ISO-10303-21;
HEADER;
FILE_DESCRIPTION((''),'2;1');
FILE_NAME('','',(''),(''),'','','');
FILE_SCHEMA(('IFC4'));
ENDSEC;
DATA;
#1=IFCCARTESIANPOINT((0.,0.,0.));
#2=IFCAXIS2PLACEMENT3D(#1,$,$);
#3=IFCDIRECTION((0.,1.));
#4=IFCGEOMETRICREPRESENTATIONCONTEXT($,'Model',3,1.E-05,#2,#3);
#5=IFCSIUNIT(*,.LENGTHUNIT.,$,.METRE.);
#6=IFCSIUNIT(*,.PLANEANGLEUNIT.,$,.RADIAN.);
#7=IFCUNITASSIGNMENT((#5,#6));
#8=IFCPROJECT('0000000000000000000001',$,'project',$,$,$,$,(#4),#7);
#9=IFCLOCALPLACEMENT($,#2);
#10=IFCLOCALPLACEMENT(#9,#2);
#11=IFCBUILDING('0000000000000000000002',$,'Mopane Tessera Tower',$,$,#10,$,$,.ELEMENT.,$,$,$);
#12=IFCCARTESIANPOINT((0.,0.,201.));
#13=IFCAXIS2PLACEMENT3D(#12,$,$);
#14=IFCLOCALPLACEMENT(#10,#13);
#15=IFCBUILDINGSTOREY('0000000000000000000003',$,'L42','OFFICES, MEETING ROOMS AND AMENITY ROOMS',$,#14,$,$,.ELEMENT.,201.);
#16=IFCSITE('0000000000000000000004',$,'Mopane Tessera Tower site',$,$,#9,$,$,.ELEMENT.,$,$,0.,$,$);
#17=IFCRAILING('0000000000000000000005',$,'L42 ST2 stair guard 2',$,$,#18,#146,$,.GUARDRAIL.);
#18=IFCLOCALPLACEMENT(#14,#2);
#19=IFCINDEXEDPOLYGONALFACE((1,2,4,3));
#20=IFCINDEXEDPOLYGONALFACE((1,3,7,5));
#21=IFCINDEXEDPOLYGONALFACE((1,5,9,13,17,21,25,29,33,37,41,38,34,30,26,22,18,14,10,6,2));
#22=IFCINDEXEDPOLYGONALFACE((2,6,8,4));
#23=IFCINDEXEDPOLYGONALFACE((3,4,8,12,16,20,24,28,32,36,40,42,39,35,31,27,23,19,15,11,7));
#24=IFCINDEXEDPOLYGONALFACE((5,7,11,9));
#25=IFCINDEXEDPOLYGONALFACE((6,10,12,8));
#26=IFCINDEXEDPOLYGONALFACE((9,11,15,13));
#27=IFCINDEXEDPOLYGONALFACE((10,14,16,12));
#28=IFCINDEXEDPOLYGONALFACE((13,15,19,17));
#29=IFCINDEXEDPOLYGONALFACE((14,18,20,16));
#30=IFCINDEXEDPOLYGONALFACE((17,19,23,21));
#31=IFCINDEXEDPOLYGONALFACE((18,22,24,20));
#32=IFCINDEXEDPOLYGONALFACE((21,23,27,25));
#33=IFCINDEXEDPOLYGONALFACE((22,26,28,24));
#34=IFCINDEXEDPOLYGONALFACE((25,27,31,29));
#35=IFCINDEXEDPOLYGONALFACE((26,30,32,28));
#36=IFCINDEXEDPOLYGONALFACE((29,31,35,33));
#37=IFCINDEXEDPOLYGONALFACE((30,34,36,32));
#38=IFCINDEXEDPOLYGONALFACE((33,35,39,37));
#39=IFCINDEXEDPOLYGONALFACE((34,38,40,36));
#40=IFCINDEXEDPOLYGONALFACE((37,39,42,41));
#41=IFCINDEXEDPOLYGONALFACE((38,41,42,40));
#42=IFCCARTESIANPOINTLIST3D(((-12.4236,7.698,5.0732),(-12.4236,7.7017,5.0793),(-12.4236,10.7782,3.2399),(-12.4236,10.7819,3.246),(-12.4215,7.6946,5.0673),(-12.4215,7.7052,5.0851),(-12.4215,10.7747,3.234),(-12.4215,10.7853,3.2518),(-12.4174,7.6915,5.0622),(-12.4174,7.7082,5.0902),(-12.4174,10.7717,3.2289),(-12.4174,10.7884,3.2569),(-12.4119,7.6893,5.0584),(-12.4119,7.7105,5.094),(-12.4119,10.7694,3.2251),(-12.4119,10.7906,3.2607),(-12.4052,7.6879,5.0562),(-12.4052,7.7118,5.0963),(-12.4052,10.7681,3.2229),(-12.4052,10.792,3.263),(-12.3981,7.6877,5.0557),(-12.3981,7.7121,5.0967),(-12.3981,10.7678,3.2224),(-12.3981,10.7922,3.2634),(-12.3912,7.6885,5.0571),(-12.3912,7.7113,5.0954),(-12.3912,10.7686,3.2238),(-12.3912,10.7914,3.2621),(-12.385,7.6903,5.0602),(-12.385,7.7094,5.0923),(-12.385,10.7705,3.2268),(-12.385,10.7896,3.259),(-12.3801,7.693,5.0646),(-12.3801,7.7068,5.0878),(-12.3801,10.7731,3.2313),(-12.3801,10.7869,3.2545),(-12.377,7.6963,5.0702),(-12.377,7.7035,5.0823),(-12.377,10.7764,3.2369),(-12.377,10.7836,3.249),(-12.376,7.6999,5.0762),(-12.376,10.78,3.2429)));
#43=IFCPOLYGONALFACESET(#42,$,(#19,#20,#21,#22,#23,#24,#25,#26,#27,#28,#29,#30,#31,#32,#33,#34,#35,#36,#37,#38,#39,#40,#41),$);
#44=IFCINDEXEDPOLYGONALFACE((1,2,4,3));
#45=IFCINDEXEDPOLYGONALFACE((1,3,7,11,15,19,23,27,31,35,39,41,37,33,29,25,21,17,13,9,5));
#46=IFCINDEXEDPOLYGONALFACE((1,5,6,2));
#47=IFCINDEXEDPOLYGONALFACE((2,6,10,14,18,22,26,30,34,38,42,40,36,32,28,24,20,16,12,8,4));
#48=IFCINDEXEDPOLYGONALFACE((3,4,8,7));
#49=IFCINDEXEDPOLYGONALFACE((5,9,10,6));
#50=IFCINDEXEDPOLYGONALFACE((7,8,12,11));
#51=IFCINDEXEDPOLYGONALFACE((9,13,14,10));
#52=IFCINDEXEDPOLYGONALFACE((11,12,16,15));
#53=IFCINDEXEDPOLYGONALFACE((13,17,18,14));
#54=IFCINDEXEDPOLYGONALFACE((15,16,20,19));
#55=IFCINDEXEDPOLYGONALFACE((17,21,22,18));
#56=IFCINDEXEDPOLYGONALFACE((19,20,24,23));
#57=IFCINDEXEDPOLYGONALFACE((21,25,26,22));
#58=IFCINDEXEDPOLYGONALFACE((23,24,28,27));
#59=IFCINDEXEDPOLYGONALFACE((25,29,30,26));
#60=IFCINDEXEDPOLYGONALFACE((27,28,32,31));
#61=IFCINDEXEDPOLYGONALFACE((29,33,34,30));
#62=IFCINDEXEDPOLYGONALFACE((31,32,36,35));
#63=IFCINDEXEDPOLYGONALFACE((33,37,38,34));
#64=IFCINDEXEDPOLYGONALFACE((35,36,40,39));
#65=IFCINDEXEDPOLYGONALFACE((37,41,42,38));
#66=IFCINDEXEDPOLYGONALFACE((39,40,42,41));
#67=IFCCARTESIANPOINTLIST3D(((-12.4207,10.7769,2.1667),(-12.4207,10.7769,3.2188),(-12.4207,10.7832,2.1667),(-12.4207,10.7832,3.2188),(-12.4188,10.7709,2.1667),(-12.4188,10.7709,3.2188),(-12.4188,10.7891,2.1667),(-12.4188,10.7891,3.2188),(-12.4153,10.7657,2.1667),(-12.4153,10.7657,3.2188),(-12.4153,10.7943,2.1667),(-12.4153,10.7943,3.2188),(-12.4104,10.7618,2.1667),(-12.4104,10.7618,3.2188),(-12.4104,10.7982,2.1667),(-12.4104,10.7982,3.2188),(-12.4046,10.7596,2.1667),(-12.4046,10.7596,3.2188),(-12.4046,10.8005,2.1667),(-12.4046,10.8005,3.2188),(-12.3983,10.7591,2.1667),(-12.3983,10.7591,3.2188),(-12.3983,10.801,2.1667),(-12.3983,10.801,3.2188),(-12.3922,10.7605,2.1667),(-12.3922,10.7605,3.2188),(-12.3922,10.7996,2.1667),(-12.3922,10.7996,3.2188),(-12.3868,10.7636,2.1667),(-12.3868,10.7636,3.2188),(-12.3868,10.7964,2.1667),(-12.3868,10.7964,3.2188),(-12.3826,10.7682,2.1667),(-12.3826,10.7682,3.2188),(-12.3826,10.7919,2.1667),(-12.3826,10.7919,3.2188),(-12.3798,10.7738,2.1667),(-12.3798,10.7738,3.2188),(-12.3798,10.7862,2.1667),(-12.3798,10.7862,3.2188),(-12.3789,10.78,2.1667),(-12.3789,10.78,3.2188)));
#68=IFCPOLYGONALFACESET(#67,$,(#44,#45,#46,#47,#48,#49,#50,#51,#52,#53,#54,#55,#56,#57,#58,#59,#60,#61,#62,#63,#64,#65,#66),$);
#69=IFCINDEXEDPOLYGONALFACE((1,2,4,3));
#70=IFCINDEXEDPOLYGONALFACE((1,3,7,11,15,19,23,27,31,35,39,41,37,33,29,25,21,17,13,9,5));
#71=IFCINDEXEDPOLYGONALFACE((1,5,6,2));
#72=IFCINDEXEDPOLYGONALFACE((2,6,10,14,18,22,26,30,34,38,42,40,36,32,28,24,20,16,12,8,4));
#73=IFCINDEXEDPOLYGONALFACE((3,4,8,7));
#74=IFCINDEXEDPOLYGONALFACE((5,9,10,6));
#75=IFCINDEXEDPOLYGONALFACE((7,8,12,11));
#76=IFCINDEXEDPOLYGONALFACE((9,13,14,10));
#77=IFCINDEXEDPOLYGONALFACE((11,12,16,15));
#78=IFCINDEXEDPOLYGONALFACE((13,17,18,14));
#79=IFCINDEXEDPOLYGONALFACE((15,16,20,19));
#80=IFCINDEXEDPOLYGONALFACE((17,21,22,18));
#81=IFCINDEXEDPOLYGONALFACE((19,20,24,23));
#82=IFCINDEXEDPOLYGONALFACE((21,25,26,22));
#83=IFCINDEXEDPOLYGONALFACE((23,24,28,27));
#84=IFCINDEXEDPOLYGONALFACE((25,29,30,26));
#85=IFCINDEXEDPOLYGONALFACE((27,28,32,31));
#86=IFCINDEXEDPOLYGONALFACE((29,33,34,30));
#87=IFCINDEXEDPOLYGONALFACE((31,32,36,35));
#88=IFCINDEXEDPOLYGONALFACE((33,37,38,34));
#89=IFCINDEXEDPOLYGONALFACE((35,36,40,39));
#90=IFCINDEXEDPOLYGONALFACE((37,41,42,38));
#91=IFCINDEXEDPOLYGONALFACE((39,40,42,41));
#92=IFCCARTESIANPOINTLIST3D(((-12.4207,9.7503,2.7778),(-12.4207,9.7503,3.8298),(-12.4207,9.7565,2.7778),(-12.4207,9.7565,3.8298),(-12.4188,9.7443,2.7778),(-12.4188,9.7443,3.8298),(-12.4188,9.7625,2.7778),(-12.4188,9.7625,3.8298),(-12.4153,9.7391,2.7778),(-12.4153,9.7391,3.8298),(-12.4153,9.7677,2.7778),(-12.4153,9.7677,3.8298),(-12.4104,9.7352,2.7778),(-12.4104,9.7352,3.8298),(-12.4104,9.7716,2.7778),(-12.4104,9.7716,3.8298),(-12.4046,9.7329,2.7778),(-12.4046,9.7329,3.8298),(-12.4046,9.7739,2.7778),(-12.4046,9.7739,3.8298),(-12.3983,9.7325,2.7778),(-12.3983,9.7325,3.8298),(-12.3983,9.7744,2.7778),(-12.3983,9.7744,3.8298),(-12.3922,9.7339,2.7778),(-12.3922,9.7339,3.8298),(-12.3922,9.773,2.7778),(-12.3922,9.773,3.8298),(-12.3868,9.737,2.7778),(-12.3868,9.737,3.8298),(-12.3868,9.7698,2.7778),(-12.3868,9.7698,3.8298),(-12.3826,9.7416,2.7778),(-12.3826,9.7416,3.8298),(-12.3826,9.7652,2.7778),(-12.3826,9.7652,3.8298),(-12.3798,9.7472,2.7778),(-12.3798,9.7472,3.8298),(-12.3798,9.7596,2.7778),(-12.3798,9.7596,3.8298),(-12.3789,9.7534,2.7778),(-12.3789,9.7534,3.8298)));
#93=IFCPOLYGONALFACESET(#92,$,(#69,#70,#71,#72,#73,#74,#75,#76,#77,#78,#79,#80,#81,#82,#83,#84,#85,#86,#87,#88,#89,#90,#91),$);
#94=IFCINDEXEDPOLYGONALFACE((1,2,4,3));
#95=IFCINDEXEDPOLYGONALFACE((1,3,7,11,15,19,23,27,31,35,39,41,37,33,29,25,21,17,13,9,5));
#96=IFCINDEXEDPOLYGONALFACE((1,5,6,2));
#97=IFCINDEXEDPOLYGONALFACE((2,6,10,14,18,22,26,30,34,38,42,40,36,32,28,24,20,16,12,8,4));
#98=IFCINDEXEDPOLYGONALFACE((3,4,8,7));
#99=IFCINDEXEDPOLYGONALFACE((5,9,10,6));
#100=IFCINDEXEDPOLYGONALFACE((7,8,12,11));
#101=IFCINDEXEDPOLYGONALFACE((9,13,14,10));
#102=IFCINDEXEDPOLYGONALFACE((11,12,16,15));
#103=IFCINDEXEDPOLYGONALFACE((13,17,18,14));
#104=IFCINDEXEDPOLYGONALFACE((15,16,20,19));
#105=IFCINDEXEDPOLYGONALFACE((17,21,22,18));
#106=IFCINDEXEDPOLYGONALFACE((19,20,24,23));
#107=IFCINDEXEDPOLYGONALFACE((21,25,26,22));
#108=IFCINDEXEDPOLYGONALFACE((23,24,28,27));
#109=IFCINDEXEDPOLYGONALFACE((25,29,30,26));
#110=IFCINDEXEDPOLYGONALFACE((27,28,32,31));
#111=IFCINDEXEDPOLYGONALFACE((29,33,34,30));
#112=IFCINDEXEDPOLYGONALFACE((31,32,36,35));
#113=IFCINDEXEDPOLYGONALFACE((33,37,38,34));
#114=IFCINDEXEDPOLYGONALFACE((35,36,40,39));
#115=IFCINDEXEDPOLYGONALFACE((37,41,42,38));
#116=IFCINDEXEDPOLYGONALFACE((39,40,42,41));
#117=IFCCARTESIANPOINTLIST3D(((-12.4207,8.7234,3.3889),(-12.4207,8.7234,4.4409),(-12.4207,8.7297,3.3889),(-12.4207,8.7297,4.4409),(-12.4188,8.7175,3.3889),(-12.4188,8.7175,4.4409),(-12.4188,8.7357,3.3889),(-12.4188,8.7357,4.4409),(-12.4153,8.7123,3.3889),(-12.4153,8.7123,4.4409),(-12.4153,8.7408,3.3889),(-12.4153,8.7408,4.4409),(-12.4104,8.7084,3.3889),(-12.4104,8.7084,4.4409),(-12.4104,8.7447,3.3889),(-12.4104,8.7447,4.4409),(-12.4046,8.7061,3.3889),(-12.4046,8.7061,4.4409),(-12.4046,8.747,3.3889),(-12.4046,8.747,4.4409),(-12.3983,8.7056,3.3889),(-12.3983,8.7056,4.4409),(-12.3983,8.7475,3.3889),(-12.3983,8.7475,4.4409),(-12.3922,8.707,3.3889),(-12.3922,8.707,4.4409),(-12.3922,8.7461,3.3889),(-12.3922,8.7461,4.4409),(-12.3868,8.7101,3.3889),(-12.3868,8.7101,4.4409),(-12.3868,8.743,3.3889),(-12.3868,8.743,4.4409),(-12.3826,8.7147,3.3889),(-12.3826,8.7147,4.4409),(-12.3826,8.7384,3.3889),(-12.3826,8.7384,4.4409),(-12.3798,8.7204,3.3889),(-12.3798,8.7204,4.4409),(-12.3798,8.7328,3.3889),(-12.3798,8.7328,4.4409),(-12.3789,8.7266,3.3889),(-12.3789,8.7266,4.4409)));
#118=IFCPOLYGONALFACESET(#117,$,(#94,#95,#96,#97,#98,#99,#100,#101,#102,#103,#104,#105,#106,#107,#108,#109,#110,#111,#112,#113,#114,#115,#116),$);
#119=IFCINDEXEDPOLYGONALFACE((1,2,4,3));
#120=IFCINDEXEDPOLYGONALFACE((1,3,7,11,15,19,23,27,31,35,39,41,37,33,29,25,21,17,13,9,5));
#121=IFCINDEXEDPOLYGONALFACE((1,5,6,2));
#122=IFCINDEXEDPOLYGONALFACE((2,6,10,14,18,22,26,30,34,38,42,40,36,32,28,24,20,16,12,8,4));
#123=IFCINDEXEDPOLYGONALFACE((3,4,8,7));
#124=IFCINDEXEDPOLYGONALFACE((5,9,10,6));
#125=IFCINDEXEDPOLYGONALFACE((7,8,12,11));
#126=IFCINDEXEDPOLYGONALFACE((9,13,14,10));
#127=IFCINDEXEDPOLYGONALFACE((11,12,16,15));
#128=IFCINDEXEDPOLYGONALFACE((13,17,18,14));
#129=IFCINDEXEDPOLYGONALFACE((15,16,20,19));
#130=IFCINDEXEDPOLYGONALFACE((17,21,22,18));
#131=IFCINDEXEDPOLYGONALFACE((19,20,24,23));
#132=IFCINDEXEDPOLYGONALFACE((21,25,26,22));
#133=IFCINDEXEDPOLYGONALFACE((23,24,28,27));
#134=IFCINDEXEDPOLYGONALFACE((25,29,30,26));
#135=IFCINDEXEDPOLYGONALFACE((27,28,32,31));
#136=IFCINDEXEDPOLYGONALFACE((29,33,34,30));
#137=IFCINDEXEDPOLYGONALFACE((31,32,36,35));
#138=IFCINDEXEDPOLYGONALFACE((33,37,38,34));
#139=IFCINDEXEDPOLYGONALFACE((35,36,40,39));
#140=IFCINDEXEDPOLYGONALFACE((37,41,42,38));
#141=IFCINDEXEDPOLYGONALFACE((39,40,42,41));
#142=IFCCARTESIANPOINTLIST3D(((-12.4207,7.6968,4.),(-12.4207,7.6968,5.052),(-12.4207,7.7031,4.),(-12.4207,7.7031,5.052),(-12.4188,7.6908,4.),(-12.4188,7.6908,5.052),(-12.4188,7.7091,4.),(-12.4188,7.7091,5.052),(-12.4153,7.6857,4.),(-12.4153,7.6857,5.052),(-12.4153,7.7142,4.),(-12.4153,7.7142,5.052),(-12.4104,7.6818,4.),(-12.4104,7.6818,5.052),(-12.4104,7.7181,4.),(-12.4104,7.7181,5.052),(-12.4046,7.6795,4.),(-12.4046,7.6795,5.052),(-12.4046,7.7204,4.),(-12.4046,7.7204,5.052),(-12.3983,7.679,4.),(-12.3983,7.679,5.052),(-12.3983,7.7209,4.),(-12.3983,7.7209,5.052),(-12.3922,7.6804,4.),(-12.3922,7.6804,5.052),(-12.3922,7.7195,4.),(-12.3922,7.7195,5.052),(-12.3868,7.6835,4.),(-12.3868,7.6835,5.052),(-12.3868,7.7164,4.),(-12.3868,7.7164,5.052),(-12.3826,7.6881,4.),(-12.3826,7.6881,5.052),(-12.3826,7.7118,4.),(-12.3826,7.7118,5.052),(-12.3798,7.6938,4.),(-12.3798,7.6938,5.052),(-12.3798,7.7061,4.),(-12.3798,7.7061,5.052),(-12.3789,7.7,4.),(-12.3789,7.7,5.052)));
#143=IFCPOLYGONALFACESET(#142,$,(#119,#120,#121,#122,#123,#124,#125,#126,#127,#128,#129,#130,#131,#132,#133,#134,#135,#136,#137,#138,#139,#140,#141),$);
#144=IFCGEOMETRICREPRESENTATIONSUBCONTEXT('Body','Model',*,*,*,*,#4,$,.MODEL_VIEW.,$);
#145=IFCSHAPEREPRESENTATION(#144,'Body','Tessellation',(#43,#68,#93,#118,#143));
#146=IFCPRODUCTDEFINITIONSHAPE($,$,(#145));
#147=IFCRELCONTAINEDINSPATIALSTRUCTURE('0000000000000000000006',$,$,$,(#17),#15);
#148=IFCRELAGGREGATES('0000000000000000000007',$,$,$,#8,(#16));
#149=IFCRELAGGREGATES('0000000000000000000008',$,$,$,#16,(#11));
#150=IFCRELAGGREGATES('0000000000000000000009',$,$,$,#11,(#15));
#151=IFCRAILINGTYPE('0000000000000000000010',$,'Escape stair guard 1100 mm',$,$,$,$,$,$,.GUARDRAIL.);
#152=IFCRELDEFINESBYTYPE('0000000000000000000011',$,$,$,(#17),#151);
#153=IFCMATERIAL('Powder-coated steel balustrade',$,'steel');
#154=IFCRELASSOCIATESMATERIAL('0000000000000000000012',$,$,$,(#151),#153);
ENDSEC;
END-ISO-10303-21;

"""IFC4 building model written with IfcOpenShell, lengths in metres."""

from ifc_helpers import new_model, si_unit, direction, frame, origin, origin_2d, place, context, subcontext, project, spatial, circle, extrude, material, type_object, element, save


model = new_model("IFC4")

# Units and contexts
model_context = context("Model", 3, precision=1e-05, world=origin(), true_north=direction((0.0, 1.0)))
body_context = subcontext(model_context, "Body", "Model", "MODEL_VIEW")
ifc_project = project(units=[si_unit("LENGTHUNIT", "METRE"), si_unit("PLANEANGLEUNIT", "RADIAN")], contexts=[model_context])

# Site, building, storey
site_placement = place(None, origin())
site = spatial("IfcSite", under=ifc_project, at=site_placement, Name="Mopane Tessera Tower site", CompositionType="ELEMENT", RefElevation=0.0)
building_placement = place(site_placement, origin())
building = spatial("IfcBuilding", under=site, at=building_placement, Name="Mopane Tessera Tower", CompositionType="ELEMENT")
storey_placement = place(building_placement, frame((0.0, 0.0, 201.0)))
storey = spatial("IfcBuildingStorey", under=building, at=storey_placement, Name="L42", Description="OFFICES, MEETING ROOMS AND AMENITY ROOMS", CompositionType="ELEMENT", Elevation=201.0)

# Railing
ifc_material_1 = material(Name="Powder-coated steel balustrade", Category="steel")
railing_type_1 = type_object("IfcRailingType", Name="Escape stair guard 1100 mm", PredefinedType="GUARDRAIL", material=ifc_material_1)
railing_1_placement = place(storey_placement, frame((-12.3999, 10.78, 2.1667)))
element("IfcRailing", 1, at=railing_1_placement, inside=storey, type_object=railing_type_1, Name="L42 ST2 stair guard 2", PredefinedType="GUARDRAIL", context=body_context, shape_type="SweptSolid", body=[
    extrude(circle(Radius=0.0239, at=origin_2d()), frame((0.0, 0.0, 1.0762), z_axis=(0.0, -0.859309, 0.511458), x_axis=(1.0, 0.0, 0.0)), (0.0, 0.0, 1.0), 3.5845),
    extrude(circle(Radius=0.021, at=origin_2d()), origin(), (0.0, 0.0, 1.0), 1.052),
    extrude(circle(Radius=0.021, at=origin_2d()), frame((0.0, -1.0266, 0.6111)), (0.0, 0.0, 1.0), 1.052),
    extrude(circle(Radius=0.021, at=origin_2d()), frame((0.0, -2.0535, 1.2222)), (0.0, 0.0, 1.0), 1.052),
    extrude(circle(Radius=0.021, at=origin_2d()), frame((0.0, -3.0801, 1.8333)), (0.0, 0.0, 1.0), 1.052),
])

save(model, "model.ifc")
